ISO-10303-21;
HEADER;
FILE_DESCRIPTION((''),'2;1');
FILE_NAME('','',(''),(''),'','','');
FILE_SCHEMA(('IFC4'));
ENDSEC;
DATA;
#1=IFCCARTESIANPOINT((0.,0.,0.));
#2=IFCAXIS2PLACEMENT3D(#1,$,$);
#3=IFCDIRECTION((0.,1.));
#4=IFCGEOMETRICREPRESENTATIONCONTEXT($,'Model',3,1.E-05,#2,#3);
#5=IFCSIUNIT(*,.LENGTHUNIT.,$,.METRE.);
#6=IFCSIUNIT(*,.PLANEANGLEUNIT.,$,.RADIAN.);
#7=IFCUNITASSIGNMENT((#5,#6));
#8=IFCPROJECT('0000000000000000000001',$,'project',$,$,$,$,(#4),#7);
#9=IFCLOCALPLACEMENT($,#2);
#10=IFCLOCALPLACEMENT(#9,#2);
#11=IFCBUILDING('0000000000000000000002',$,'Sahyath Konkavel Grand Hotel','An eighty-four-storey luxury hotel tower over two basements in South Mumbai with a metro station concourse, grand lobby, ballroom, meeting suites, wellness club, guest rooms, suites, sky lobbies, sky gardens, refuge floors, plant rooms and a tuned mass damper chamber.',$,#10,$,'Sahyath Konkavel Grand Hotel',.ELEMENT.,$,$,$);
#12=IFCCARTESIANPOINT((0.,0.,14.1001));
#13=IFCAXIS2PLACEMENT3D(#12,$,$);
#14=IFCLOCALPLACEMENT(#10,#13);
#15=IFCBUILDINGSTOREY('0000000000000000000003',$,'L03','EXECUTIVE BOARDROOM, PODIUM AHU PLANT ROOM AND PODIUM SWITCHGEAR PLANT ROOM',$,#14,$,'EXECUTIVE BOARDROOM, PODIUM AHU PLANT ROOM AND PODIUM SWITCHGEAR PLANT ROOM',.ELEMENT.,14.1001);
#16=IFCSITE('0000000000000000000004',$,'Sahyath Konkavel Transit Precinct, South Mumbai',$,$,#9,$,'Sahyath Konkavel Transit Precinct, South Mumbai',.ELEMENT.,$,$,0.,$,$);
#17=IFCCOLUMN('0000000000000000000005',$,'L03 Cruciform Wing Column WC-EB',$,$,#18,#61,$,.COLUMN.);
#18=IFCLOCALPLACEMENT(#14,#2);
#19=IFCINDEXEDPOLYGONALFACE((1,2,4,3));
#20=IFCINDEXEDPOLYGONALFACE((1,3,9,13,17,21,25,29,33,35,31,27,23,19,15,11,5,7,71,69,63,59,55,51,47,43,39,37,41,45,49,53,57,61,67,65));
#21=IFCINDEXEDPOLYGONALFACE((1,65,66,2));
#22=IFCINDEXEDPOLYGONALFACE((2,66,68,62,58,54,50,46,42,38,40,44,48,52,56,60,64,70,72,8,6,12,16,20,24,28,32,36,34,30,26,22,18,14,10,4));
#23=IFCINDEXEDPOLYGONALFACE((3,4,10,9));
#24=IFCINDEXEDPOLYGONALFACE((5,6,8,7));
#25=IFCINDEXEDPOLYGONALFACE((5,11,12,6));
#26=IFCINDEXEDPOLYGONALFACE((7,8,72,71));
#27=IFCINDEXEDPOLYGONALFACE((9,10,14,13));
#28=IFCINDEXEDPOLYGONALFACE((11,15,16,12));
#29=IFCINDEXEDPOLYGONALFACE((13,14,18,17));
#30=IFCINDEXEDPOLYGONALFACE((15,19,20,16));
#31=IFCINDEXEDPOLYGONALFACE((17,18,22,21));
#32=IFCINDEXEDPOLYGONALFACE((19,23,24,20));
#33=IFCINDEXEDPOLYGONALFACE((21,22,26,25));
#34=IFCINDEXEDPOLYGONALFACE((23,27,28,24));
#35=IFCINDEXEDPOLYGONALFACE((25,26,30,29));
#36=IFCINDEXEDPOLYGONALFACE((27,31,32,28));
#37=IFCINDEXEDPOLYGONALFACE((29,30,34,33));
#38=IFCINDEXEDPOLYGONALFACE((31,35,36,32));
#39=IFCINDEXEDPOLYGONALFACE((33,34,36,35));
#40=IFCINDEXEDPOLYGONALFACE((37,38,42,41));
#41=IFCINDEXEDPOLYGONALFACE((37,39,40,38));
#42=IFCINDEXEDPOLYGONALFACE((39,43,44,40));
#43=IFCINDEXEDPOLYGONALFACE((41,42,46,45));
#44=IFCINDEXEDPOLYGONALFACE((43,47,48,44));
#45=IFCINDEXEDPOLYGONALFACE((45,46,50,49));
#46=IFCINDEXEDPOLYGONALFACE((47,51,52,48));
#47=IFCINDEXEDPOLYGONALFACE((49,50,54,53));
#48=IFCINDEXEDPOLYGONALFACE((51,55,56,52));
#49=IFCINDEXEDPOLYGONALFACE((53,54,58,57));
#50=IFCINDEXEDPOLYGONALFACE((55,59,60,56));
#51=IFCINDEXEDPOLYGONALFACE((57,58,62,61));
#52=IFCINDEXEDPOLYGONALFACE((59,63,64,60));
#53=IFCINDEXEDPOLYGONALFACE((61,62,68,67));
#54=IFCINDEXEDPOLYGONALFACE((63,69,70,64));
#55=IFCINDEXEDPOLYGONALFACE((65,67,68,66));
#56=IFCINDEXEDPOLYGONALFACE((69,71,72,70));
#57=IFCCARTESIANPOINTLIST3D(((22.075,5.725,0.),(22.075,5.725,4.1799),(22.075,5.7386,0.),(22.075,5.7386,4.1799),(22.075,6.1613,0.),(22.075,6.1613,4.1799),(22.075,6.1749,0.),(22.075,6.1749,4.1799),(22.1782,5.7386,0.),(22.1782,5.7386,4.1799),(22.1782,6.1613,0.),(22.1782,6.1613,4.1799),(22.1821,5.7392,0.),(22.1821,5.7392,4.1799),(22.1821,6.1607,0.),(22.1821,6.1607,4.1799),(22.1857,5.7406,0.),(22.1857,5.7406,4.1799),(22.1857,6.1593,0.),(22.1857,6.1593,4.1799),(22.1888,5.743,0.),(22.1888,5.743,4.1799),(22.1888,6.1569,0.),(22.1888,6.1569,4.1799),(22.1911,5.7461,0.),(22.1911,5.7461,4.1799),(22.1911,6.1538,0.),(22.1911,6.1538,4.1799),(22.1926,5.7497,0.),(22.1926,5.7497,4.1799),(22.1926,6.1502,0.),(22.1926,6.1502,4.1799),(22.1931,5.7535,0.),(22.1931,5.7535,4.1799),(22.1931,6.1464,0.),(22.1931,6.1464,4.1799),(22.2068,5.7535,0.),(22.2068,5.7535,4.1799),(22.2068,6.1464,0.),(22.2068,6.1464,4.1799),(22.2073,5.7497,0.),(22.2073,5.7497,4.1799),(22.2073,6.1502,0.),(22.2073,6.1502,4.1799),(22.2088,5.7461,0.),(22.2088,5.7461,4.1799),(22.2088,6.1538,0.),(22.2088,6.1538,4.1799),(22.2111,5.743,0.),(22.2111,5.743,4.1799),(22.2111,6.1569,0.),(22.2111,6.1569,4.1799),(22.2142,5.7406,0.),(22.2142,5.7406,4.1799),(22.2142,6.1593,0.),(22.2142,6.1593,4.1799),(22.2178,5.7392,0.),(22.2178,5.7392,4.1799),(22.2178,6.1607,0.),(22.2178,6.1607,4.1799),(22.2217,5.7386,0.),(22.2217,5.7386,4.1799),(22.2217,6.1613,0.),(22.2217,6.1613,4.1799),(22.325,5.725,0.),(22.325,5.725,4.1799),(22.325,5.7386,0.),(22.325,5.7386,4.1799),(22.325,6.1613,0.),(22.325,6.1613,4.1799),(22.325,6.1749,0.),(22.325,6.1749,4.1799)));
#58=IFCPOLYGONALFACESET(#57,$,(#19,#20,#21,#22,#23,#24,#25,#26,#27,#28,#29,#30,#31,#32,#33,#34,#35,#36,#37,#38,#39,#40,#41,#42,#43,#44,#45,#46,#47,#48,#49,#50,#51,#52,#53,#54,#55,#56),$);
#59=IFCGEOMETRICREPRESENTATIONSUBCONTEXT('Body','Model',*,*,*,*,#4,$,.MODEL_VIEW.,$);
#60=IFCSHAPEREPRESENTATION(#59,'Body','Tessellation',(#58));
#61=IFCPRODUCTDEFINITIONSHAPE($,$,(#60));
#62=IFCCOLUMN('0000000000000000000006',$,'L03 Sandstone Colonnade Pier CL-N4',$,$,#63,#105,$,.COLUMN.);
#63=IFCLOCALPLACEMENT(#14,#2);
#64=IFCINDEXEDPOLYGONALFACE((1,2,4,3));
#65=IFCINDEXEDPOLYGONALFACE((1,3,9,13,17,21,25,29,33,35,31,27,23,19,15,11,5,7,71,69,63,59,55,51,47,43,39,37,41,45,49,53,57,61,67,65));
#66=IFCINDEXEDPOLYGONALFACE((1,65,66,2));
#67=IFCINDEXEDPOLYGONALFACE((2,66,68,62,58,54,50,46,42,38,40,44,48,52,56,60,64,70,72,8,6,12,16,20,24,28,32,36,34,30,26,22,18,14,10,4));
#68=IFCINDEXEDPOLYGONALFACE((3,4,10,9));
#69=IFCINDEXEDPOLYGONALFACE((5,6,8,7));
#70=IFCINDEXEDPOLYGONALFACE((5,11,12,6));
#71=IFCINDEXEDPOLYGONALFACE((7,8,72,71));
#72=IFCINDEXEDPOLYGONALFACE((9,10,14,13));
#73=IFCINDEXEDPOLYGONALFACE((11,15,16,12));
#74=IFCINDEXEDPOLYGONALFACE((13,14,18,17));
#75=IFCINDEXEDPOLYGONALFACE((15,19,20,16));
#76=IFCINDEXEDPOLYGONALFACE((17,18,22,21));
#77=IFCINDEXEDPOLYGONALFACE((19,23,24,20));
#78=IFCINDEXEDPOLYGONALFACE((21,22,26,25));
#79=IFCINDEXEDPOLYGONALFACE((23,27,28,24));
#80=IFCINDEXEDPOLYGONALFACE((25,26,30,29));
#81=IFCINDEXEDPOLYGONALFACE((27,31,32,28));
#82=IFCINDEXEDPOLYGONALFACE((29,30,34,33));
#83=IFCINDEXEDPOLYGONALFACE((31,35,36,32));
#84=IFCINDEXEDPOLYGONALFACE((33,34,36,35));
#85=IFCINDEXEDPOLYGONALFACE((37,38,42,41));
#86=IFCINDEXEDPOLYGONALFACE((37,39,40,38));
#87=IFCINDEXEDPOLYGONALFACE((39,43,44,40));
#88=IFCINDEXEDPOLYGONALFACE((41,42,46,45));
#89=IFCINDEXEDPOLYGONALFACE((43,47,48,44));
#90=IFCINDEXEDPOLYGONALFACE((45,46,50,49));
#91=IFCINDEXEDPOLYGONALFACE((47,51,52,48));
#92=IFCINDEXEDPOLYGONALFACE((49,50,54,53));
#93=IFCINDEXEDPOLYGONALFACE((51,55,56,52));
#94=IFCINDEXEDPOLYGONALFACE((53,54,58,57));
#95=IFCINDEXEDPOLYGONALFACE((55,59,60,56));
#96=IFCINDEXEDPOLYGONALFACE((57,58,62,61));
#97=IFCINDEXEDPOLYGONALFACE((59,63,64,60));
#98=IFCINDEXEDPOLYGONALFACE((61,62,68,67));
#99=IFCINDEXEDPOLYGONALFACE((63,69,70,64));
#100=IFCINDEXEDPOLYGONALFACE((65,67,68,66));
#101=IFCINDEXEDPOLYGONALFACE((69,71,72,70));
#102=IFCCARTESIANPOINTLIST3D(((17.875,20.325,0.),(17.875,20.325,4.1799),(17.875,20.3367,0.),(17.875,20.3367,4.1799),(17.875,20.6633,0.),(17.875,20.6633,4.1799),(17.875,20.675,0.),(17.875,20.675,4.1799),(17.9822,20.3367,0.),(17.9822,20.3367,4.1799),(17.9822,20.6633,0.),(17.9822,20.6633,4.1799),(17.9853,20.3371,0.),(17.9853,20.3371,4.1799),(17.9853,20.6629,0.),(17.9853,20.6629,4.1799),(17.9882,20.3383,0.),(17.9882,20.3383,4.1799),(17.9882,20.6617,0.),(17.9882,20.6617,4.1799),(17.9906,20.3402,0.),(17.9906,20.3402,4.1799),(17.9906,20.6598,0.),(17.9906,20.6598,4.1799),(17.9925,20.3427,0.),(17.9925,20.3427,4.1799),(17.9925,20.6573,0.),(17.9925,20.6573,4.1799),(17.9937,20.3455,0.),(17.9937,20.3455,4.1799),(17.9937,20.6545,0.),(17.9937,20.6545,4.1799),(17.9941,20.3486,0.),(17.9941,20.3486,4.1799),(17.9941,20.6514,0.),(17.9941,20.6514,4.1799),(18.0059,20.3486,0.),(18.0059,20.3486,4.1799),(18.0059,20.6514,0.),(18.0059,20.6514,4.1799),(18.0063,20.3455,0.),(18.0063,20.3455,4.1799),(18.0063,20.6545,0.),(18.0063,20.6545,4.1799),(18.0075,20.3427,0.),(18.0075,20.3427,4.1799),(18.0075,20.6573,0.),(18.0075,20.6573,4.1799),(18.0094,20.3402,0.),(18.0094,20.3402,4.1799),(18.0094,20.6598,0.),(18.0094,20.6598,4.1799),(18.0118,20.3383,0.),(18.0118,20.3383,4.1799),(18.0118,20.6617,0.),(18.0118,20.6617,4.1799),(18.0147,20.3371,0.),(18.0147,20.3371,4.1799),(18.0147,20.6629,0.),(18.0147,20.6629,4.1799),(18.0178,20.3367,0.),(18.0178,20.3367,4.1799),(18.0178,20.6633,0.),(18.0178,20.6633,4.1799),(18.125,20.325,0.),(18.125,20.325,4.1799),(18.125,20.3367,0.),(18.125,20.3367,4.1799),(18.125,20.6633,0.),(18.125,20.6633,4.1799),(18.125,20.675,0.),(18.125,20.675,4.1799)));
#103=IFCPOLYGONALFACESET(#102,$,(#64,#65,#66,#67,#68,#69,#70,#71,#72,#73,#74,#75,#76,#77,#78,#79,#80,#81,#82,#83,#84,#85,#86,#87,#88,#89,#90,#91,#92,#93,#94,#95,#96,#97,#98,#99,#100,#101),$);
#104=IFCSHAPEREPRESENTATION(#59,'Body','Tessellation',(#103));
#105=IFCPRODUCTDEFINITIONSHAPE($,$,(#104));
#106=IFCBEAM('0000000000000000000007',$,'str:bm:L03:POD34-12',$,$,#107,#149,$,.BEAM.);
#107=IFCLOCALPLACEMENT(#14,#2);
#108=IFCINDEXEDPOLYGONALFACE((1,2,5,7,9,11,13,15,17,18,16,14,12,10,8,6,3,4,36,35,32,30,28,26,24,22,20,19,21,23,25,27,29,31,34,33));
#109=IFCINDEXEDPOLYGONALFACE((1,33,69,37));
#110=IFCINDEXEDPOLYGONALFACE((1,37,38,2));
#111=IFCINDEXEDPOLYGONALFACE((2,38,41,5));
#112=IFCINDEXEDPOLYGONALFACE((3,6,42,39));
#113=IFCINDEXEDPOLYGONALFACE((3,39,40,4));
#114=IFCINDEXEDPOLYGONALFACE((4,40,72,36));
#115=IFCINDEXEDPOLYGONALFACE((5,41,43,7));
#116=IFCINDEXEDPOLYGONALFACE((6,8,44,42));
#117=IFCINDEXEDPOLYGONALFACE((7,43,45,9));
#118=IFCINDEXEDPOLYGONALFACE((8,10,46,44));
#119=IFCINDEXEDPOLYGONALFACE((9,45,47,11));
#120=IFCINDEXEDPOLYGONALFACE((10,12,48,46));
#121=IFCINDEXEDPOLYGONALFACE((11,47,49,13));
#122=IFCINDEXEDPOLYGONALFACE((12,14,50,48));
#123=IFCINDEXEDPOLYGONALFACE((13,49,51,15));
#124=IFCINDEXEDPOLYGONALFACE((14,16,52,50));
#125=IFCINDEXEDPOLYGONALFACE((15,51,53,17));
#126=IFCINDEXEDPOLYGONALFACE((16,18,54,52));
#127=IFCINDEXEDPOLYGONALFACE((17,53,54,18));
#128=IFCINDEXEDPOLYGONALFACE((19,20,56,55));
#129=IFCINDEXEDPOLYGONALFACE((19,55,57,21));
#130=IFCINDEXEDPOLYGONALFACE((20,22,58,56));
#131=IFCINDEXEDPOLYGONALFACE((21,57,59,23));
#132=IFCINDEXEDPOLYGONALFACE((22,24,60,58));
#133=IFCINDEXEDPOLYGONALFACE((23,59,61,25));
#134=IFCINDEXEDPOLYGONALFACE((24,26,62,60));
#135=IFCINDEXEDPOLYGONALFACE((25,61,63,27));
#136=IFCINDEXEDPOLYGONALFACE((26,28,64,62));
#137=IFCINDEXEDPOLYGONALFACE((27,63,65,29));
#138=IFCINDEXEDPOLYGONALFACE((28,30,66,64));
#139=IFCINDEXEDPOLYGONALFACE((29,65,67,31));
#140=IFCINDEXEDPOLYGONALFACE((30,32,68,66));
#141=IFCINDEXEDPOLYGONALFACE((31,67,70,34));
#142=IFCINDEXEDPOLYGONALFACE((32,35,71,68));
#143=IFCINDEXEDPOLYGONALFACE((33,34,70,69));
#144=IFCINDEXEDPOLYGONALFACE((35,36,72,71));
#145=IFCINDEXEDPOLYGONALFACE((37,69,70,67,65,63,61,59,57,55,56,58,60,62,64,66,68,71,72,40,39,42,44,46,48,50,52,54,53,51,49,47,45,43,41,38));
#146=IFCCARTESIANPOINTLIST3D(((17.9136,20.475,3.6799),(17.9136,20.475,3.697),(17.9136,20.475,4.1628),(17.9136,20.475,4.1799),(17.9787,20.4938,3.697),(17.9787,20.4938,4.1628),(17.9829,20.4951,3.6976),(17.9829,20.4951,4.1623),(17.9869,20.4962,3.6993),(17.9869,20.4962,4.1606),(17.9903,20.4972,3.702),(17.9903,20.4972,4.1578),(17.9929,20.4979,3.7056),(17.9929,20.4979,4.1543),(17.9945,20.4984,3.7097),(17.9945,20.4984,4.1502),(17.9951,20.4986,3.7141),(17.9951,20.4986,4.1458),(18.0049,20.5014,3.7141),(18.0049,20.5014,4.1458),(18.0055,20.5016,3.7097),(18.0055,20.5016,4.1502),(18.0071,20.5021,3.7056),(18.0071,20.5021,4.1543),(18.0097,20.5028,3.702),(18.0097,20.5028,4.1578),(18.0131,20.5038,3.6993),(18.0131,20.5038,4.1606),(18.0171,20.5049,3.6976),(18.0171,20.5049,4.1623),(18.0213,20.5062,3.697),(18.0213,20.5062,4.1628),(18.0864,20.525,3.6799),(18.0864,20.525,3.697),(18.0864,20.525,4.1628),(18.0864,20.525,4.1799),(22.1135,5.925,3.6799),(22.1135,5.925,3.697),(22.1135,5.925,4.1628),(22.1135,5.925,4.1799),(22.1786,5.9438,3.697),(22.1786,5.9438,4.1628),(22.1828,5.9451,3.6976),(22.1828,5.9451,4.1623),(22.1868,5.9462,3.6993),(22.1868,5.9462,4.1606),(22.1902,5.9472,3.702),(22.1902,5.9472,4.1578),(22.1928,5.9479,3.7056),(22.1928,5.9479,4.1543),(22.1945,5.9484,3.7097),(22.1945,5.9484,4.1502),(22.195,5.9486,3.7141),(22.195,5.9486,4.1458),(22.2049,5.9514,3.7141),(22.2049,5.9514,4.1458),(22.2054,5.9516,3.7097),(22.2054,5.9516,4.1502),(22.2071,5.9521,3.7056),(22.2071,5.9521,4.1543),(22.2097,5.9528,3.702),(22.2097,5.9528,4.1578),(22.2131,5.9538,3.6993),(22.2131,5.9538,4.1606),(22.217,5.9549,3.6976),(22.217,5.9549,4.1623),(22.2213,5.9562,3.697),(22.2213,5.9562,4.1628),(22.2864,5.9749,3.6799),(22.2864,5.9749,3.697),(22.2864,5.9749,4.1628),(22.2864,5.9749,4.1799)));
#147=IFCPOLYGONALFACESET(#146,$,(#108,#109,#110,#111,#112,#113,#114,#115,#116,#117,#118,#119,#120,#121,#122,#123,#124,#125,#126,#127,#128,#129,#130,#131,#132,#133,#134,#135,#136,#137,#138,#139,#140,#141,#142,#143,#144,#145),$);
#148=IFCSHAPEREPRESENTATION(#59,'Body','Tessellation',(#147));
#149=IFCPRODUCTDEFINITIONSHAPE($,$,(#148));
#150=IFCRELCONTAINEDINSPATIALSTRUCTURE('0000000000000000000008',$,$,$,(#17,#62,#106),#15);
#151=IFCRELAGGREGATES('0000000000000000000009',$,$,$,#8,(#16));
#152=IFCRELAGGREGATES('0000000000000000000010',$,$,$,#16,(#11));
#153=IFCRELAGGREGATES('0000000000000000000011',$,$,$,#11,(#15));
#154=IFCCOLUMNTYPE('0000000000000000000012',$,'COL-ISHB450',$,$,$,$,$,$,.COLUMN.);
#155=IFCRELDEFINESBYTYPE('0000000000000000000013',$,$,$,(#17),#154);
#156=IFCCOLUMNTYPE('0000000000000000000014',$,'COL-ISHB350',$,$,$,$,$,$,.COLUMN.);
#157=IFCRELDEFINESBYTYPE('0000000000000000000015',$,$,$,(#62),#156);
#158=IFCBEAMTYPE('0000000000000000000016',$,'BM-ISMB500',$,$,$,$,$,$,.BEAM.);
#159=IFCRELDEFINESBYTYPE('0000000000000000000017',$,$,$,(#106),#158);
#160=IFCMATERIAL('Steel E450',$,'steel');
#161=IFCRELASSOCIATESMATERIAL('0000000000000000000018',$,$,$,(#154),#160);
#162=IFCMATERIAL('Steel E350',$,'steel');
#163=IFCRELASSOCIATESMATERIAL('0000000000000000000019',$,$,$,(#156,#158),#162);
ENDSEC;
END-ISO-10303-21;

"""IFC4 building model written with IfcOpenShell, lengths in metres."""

from ifc_helpers import new_model, si_unit, direction, frame, origin, origin_2d, place, context, subcontext, project, spatial, i_section, extrude, source, transform, mapped, material, material_profile, profile_set, type_object, element, save


model = new_model("IFC4")

# Units and contexts
model_context = context("Model", 3, precision=1e-05, world=origin(), true_north=direction((0.0, 1.0)))
body_context = subcontext(model_context, "Body", "Model", "MODEL_VIEW")
ifc_project = project(units=[si_unit("LENGTHUNIT", "METRE"), si_unit("PLANEANGLEUNIT", "RADIAN")], contexts=[model_context])

# Site, building, storey
site_placement = place(None, origin())
site = spatial("IfcSite", under=ifc_project, at=site_placement, Name="Sahyath Konkavel Transit Precinct, South Mumbai", LongName="Sahyath Konkavel Transit Precinct, South Mumbai", CompositionType="ELEMENT", RefElevation=0.0)
building_placement = place(site_placement, origin())
building = spatial("IfcBuilding", under=site, at=building_placement, Name="Sahyath Konkavel Grand Hotel", Description="An eighty-four-storey luxury hotel tower over two basements in South Mumbai with a metro station concourse, grand lobby, ballroom, meeting suites, wellness club, guest rooms, suites, sky lobbies, sky gardens, refuge floors, plant rooms and a tuned mass damper chamber.", LongName="Sahyath Konkavel Grand Hotel", CompositionType="ELEMENT")
storey_placement = place(building_placement, frame((0.0, 0.0, 14.1001)))
storey = spatial("IfcBuildingStorey", under=building, at=storey_placement, Name="L03", Description="EXECUTIVE BOARDROOM, PODIUM AHU PLANT ROOM AND PODIUM SWITCHGEAR PLANT ROOM", LongName="EXECUTIVE BOARDROOM, PODIUM AHU PLANT ROOM AND PODIUM SWITCHGEAR PLANT ROOM", CompositionType="ELEMENT", Elevation=14.1001)

# Columns
ifc_material_1 = material(Name="Steel E450", Category="steel")
ifc_material_profile_1 = material_profile(ifc_material_1, i_section(OverallWidth=0.25, OverallDepth=0.45, WebThickness=0.0137, FlangeThickness=0.0137, FilletRadius=0.0149, at=origin_2d()), Name="ISHB 450")
ifc_profile_set_1 = profile_set([ifc_material_profile_1], Name="Steel E450")
column_type_1 = type_object("IfcColumnType", Name="COL-ISHB450", PredefinedType="COLUMN", material=ifc_profile_set_1)
shared_shape_1 = source(origin(), body_context, "Body", "SweptSolid", [
    extrude(i_section(OverallWidth=0.25, OverallDepth=0.45, WebThickness=0.0137, FlangeThickness=0.0137, FilletRadius=0.0149, at=origin_2d()), origin(), (0.0, 0.0, 1.0), 4.1799),
])
column_1_placement = place(storey_placement, frame((22.2, 5.95, 0.0), z_axis=(0.0, 0.0, 1.0), x_axis=(1.0, 0.0, 0.0)))
element("IfcColumn", 1, at=column_1_placement, inside=storey, type_object=column_type_1, Name="L03 Cruciform Wing Column WC-EB", PredefinedType="COLUMN", context=body_context, shape_type="MappedRepresentation", body=[
    mapped(shared_shape_1, transform((0.0, 0.0, 0.0), scale=1.0)),
])
ifc_material_2 = material(Name="Steel E350", Category="steel")
ifc_material_profile_2 = material_profile(ifc_material_2, i_section(OverallWidth=0.25, OverallDepth=0.3501, WebThickness=0.0117, FlangeThickness=0.0117, FilletRadius=0.012, at=origin_2d()), Name="ISHB 350")
ifc_profile_set_2 = profile_set([ifc_material_profile_2], Name="Steel E350")
column_type_2 = type_object("IfcColumnType", Name="COL-ISHB350", PredefinedType="COLUMN", material=ifc_profile_set_2)
shared_shape_2 = source(origin(), body_context, "Body", "SweptSolid", [
    extrude(i_section(OverallWidth=0.25, OverallDepth=0.3501, WebThickness=0.0117, FlangeThickness=0.0117, FilletRadius=0.012, at=origin_2d()), origin(), (0.0, 0.0, 1.0), 4.1799),
])
column_2_placement = place(storey_placement, frame((18.0, 20.5, 0.0), z_axis=(0.0, 0.0, 1.0), x_axis=(1.0, 0.0, 0.0)))
element("IfcColumn", 2, at=column_2_placement, inside=storey, type_object=column_type_2, Name="L03 Sandstone Colonnade Pier CL-N4", PredefinedType="COLUMN", context=body_context, shape_type="MappedRepresentation", body=[
    mapped(shared_shape_2, transform((0.0, 0.0, 0.0), scale=1.0)),
])

# Beam
ifc_material_profile_3 = material_profile(ifc_material_2, i_section(OverallWidth=0.1799, OverallDepth=0.5, WebThickness=0.0103, FlangeThickness=0.0171, FilletRadius=0.0171, at=origin_2d()), Name="ISMB 500")
ifc_profile_set_3 = profile_set([ifc_material_profile_3], Name="Steel E350")
beam_type_1 = type_object("IfcBeamType", Name="BM-ISMB500", PredefinedType="BEAM", material=ifc_profile_set_3)
shared_shape_3 = source(origin(), body_context, "Body", "SweptSolid", [
    extrude(i_section(OverallWidth=0.1799, OverallDepth=0.5, WebThickness=0.0103, FlangeThickness=0.0171, FilletRadius=0.0171, at=origin_2d()), origin(), (0.0, 0.0, 1.0), 15.144),
])
beam_1_placement = place(storey_placement, frame((18.0, 20.5, 3.9299), z_axis=(0.277333, -0.960774, 0.0), x_axis=(0.960774, 0.277333, 0.0)))
element("IfcBeam", 3, at=beam_1_placement, inside=storey, type_object=beam_type_1, Name="str:bm:L03:POD34-12", PredefinedType="BEAM", context=body_context, shape_type="MappedRepresentation", body=[
    mapped(shared_shape_3, transform((0.0, 0.0, 0.0), scale=1.0)),
])

save(model, "model.ifc")
